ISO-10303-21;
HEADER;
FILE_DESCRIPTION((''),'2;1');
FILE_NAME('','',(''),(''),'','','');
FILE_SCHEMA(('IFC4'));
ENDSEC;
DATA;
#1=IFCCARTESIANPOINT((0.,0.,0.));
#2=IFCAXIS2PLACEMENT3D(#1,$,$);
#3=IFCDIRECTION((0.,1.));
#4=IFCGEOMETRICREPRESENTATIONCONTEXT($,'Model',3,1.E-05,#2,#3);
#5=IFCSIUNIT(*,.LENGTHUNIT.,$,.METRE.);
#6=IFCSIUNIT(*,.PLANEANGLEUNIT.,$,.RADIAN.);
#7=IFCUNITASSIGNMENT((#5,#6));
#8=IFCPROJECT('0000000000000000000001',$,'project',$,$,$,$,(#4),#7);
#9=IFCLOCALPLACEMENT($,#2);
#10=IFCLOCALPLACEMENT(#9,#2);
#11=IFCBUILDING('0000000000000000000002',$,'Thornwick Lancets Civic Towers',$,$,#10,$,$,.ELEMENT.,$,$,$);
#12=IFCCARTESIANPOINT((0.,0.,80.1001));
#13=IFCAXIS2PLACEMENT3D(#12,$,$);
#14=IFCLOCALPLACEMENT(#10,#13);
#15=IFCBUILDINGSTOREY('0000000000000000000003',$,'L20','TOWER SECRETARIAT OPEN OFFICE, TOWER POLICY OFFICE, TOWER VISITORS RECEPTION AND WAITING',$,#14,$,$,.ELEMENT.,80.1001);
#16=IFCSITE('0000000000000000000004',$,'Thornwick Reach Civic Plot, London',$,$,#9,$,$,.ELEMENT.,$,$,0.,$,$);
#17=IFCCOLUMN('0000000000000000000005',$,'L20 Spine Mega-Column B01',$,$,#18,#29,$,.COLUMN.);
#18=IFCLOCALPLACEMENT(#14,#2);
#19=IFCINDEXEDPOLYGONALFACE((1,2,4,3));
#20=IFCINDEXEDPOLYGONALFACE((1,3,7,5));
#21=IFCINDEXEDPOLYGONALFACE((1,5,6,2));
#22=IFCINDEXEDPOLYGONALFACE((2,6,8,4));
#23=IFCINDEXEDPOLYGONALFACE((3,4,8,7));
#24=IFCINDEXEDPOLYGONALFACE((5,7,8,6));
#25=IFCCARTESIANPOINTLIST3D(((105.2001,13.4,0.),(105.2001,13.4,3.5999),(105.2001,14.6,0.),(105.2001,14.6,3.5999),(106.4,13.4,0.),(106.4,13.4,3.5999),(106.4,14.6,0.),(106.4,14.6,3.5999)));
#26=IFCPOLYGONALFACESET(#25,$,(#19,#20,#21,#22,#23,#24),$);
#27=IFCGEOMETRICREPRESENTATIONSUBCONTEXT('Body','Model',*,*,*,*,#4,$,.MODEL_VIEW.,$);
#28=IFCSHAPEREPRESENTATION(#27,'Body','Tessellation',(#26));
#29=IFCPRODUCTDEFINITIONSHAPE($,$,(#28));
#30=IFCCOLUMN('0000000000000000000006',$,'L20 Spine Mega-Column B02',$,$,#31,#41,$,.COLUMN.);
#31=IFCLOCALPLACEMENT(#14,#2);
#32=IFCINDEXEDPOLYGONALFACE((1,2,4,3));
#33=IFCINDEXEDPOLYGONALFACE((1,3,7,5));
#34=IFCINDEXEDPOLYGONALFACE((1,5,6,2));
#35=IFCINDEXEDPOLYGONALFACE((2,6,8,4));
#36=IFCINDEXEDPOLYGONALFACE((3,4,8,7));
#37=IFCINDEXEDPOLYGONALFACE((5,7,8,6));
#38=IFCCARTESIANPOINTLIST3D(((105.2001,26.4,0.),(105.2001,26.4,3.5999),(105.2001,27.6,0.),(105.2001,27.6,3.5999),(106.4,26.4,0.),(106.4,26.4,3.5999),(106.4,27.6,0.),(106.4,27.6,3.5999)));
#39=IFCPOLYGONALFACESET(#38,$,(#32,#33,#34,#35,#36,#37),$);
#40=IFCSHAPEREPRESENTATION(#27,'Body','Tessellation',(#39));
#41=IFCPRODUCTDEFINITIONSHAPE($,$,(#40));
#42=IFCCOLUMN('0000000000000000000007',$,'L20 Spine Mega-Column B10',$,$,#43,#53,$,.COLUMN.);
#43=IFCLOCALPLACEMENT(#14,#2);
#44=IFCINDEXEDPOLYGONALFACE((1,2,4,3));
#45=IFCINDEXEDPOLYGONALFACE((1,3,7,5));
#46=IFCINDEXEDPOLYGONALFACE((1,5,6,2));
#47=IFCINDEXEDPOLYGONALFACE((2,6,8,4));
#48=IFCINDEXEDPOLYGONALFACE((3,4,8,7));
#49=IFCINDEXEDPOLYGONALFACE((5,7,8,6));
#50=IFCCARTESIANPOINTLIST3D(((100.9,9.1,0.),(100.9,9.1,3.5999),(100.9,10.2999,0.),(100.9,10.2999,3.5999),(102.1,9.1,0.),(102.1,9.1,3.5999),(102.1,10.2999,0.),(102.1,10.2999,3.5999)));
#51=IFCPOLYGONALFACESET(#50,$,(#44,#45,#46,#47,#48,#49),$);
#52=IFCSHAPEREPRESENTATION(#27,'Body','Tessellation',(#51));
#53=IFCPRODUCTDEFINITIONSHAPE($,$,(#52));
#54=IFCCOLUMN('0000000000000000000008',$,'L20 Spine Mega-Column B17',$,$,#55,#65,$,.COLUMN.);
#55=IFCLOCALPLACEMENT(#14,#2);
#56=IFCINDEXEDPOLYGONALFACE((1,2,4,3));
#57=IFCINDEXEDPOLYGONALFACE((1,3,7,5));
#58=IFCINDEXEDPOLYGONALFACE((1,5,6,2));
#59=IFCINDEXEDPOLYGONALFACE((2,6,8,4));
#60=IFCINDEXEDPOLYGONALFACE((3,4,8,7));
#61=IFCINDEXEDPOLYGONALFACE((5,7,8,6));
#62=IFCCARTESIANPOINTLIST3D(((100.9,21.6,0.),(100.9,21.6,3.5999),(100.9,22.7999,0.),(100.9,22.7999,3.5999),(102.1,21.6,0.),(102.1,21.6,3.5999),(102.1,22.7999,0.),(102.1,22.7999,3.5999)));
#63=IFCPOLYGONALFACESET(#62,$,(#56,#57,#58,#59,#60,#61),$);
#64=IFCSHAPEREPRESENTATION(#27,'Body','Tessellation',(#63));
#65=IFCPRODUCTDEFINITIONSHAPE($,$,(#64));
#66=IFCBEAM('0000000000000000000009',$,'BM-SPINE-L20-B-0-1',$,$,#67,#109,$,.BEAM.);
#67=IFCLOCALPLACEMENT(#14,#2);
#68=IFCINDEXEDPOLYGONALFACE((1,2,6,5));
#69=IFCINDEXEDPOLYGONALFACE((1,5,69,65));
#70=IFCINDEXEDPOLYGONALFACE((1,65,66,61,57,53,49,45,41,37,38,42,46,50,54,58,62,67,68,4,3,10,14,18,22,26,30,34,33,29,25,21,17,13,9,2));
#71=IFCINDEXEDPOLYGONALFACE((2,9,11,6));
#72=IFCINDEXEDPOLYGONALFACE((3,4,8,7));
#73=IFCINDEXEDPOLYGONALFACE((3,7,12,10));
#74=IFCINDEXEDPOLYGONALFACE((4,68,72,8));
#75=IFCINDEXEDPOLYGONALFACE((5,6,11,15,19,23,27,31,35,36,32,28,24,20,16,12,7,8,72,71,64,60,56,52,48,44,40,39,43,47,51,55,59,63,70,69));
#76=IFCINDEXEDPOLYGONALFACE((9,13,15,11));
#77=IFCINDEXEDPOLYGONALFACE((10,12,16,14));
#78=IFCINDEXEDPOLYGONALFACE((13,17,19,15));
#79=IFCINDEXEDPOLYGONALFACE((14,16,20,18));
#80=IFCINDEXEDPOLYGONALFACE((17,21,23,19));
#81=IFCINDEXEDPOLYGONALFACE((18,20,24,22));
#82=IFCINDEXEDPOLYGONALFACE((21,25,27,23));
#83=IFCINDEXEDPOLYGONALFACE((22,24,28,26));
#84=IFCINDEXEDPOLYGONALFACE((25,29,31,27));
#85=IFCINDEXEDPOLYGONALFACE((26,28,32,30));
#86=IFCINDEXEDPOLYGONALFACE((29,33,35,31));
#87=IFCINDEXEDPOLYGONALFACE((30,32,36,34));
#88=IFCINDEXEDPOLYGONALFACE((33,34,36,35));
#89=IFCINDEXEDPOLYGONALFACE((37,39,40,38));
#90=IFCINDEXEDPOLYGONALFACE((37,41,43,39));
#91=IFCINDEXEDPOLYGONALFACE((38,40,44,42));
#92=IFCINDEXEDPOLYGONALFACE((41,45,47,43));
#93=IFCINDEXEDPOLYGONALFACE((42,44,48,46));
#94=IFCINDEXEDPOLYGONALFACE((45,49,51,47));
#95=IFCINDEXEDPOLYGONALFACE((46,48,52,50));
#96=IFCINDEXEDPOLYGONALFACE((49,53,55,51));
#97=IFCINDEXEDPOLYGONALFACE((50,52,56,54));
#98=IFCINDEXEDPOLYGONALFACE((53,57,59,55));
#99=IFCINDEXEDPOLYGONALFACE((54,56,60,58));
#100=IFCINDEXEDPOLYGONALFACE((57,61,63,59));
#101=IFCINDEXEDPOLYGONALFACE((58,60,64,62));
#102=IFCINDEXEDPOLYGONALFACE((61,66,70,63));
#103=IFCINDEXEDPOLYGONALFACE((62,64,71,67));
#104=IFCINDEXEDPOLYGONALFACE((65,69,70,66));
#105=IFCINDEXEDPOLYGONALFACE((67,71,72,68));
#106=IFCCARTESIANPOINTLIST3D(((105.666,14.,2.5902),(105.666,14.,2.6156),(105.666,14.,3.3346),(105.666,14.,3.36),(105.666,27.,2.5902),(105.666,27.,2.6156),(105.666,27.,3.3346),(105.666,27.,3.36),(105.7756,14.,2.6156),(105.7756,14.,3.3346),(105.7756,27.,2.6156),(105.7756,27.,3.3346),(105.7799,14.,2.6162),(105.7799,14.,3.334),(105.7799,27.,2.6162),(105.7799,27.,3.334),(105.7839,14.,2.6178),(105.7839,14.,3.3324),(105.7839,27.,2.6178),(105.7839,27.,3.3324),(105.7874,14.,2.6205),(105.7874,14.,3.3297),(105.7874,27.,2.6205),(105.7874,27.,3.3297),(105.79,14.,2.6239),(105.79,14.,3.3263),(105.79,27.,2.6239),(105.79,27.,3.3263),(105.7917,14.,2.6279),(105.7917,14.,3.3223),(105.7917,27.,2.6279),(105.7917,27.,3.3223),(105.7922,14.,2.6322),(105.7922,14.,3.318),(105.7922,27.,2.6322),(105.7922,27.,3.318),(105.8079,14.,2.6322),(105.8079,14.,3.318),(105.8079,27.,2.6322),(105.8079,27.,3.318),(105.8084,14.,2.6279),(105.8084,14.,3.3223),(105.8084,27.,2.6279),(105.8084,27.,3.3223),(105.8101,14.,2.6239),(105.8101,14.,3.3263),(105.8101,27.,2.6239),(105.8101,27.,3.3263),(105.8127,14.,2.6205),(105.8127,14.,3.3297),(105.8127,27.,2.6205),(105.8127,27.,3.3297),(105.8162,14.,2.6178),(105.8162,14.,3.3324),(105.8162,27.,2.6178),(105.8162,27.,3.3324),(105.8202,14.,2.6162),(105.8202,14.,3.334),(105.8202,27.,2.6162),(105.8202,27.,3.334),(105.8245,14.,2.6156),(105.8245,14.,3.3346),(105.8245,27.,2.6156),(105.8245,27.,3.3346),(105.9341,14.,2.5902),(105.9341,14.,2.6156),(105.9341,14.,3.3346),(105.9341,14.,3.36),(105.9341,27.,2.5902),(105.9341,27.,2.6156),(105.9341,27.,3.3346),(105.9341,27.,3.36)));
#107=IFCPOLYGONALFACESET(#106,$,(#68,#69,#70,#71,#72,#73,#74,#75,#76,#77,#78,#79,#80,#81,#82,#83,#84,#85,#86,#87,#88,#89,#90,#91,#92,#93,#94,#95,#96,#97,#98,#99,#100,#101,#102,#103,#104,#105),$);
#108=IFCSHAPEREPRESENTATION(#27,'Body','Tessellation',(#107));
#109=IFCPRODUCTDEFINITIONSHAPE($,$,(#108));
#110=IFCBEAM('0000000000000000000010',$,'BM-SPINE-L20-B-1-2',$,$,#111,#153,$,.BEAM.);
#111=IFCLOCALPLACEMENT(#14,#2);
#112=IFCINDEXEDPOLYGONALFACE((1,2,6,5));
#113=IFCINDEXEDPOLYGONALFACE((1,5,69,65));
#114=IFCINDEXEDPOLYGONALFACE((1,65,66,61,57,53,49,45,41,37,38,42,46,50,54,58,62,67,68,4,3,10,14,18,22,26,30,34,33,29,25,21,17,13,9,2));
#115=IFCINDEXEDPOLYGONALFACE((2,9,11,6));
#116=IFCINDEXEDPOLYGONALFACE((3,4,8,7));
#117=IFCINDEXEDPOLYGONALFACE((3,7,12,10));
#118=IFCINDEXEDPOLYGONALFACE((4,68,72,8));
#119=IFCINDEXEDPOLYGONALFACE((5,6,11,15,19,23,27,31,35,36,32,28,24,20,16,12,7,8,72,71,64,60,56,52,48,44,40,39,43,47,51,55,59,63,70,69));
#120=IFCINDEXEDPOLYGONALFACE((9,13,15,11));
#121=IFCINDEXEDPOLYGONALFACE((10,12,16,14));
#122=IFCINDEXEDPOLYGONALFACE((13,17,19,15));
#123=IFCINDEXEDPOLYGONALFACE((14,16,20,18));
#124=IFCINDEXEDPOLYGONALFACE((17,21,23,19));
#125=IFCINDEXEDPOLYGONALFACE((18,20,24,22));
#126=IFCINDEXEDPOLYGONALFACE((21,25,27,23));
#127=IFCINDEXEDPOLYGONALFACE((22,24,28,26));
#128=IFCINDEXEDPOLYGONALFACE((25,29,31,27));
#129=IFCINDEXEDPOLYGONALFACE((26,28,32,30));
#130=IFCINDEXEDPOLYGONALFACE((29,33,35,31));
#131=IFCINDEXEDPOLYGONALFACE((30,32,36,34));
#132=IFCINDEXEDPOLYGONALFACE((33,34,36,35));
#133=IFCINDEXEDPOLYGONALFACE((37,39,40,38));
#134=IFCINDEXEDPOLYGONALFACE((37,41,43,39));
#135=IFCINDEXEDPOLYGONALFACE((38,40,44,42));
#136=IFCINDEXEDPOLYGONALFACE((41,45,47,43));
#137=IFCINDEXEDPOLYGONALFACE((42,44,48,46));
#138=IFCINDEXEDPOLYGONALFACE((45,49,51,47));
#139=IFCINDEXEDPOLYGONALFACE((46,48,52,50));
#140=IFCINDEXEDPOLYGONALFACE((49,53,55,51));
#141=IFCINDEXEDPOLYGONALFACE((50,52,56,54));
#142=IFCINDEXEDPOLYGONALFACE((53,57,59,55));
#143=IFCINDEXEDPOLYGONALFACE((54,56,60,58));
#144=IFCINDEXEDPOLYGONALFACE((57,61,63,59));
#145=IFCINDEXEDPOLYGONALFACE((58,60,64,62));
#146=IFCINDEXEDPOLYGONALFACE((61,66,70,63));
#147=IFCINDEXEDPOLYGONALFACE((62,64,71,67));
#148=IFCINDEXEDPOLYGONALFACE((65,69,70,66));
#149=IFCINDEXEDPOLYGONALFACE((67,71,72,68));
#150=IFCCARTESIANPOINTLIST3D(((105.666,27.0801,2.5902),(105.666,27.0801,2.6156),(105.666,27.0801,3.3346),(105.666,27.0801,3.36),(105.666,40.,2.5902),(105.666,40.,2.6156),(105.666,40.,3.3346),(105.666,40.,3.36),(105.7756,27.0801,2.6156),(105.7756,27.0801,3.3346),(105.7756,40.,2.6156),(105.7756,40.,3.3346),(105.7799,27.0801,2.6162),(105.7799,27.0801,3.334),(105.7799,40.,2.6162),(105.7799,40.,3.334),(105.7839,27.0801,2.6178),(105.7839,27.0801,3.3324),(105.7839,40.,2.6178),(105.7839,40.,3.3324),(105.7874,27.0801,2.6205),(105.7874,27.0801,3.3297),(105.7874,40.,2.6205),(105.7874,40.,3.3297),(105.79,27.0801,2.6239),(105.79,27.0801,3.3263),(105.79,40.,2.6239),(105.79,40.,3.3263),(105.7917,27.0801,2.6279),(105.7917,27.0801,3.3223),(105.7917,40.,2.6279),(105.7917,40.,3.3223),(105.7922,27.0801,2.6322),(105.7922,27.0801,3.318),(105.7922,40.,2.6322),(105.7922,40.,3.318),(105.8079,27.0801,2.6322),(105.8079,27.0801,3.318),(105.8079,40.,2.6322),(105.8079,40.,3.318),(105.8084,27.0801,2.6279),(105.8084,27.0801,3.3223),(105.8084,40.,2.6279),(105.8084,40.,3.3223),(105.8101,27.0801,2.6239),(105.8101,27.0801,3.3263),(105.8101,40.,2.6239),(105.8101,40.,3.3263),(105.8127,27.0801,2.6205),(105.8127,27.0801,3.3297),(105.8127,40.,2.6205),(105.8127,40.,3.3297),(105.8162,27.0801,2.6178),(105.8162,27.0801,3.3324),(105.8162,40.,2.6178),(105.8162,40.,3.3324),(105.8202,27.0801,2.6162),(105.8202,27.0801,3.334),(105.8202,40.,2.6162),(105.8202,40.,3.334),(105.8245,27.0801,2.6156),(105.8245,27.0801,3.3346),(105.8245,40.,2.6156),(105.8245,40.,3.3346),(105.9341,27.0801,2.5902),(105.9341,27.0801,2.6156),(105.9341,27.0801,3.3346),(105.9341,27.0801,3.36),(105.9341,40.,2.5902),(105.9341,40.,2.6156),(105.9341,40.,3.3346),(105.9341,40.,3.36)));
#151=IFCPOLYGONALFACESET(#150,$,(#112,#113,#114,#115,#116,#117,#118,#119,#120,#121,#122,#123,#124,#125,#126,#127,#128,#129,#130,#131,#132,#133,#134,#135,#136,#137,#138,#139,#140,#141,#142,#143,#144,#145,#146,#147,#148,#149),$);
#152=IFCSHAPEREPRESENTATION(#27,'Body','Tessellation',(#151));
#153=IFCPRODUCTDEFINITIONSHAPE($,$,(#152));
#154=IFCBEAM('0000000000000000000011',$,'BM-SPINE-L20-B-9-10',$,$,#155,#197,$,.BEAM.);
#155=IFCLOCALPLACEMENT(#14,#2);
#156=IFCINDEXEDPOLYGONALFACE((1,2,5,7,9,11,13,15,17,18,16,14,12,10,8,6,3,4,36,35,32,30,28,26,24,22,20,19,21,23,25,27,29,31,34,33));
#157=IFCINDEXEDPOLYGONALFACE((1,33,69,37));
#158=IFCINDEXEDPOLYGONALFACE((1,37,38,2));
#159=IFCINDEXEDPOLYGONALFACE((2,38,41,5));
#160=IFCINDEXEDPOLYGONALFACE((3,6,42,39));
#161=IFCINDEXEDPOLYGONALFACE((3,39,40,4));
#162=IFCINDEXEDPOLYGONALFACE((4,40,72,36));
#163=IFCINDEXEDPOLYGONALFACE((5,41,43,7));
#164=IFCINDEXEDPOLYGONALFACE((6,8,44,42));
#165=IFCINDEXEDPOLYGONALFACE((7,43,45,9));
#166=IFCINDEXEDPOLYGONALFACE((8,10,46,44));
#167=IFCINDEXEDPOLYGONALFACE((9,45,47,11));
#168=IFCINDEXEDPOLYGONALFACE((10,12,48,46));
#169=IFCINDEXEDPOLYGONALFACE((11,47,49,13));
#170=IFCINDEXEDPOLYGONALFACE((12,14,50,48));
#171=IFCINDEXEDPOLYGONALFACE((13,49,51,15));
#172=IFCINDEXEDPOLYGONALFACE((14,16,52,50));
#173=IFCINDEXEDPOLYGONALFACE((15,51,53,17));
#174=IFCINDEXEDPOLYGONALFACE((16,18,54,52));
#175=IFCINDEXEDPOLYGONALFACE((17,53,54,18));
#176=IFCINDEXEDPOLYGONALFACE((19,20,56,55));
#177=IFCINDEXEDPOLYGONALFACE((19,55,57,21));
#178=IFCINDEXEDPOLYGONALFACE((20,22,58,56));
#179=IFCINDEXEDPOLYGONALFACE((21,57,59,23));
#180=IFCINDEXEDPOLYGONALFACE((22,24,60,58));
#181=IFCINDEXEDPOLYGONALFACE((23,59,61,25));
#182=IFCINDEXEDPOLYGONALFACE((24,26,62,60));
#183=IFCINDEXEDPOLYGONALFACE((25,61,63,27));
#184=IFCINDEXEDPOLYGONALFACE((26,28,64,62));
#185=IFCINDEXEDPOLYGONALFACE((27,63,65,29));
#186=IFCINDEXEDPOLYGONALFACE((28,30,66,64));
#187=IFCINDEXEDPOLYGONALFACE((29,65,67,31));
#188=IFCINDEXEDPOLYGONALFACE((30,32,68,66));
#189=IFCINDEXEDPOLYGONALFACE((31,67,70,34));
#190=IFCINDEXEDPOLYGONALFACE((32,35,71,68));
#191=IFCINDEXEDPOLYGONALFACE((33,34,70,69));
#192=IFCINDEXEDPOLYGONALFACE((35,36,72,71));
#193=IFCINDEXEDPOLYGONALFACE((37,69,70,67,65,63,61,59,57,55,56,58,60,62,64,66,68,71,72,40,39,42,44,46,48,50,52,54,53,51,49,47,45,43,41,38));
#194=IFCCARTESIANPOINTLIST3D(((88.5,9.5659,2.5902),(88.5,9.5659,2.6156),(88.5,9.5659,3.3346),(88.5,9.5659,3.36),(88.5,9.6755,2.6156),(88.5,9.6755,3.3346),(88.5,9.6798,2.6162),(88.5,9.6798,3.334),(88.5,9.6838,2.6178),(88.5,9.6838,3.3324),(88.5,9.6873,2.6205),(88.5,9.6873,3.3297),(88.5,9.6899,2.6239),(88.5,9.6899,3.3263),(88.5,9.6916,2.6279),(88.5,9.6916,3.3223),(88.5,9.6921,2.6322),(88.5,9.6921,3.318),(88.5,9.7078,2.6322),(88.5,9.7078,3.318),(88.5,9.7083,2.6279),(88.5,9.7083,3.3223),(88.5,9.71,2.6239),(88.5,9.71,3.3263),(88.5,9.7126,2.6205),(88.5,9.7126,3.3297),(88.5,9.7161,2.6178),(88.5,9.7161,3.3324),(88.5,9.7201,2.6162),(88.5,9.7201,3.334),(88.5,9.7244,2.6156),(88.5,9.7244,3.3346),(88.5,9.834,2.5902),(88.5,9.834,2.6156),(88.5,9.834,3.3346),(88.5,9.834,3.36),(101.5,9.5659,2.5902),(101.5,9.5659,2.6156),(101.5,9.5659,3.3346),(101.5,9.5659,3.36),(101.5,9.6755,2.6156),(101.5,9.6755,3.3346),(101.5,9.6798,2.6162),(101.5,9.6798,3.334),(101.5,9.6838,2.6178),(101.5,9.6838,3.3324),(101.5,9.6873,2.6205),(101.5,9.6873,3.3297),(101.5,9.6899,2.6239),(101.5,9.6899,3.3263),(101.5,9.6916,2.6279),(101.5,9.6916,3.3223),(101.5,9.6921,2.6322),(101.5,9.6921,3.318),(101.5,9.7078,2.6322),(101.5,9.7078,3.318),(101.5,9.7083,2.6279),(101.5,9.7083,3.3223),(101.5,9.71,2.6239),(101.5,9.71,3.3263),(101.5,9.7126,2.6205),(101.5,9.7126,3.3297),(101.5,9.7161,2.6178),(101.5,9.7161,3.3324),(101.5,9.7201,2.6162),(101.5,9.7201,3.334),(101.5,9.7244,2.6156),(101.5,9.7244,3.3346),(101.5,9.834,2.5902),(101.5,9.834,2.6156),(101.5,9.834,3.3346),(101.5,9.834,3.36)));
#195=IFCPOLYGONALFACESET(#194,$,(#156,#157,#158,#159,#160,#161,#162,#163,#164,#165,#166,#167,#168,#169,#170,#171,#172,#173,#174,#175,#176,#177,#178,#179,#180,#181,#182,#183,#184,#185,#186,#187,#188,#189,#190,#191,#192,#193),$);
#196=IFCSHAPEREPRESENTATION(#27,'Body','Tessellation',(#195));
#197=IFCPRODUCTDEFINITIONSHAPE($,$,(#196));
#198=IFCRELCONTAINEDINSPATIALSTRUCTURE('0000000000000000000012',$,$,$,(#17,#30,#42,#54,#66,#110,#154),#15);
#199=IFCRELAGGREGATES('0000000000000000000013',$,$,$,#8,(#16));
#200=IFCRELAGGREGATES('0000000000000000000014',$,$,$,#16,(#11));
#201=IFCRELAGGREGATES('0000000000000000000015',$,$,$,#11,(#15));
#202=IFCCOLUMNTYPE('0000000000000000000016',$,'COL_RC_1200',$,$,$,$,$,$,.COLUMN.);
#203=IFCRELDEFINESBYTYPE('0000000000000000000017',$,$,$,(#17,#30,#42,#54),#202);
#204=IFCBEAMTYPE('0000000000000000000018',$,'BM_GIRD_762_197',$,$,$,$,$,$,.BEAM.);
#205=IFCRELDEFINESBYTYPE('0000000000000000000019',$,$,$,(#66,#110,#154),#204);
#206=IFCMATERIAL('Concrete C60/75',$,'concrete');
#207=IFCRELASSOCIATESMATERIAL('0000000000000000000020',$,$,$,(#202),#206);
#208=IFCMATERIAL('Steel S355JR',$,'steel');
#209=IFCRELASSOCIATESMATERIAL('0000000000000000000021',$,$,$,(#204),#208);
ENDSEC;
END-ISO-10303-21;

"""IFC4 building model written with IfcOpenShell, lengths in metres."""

from ifc_helpers import new_model, si_unit, direction, frame, origin, origin_2d, place, context, subcontext, project, spatial, rectangle, i_section, extrude, material, material_profile, profile_set, type_object, element, save


model = new_model("IFC4")

# Units and contexts
model_context = context("Model", 3, precision=1e-05, world=origin(), true_north=direction((0.0, 1.0)))
body_context = subcontext(model_context, "Body", "Model", "MODEL_VIEW")
ifc_project = project(units=[si_unit("LENGTHUNIT", "METRE"), si_unit("PLANEANGLEUNIT", "RADIAN")], contexts=[model_context])

# Site, building, storey
site_placement = place(None, origin())
site = spatial("IfcSite", under=ifc_project, at=site_placement, Name="Thornwick Reach Civic Plot, London", CompositionType="ELEMENT", RefElevation=0.0)
building_placement = place(site_placement, origin())
building = spatial("IfcBuilding", under=site, at=building_placement, Name="Thornwick Lancets Civic Towers", CompositionType="ELEMENT")
storey_placement = place(building_placement, frame((0.0, 0.0, 80.1001)))
storey = spatial("IfcBuildingStorey", under=building, at=storey_placement, Name="L20", Description="TOWER SECRETARIAT OPEN OFFICE, TOWER POLICY OFFICE, TOWER VISITORS RECEPTION AND WAITING", CompositionType="ELEMENT", Elevation=80.1001)

# Columns
ifc_material_1 = material(Name="Concrete C60/75", Category="concrete")
ifc_material_profile_1 = material_profile(ifc_material_1, rectangle(XDim=1.2, YDim=1.2, at=origin_2d()), Name="RC 1200x1200")
ifc_profile_set_1 = profile_set([ifc_material_profile_1], Name="Concrete C60/75")
column_type = type_object("IfcColumnType", Name="COL_RC_1200", PredefinedType="COLUMN", material=ifc_profile_set_1)
for number, where, z_axis, x_axis, name in (
    (1, (105.8, 14.0, 0.0), (0.0, 0.0, 1.0), (1.0, 0.0, 0.0), "L20 Spine Mega-Column B01"),
    (2, (105.8, 27.0, 0.0), (0.0, 0.0, 1.0), (1.0, 0.0, 0.0), "L20 Spine Mega-Column B02"),
    (3, (101.5, 9.7, 0.0), (0.0, 0.0, 1.0), (1.0, 0.0, 0.0), "L20 Spine Mega-Column B10"),
    (4, (101.5, 22.2, 0.0), (0.0, 0.0, 1.0), (1.0, 0.0, 0.0), "L20 Spine Mega-Column B17"),
):
    element("IfcColumn", number, at=place(storey_placement, frame(where, z_axis=z_axis, x_axis=x_axis)), inside=storey, type_object=column_type, Name=name, PredefinedType="COLUMN", context=body_context, shape_type="SweptSolid", body=[
        extrude(rectangle(XDim=1.2, YDim=1.2, at=origin_2d()), origin(), (0.0, 0.0, 1.0), 3.5999),
    ])

# Beams
ifc_material_2 = material(Name="Steel S355JR", Category="steel")
ifc_material_profile_2 = material_profile(ifc_material_2, i_section(OverallWidth=0.2681, OverallDepth=0.7698, WebThickness=0.0156, FlangeThickness=0.0254, FilletRadius=0.0166, at=origin_2d()), Name="UKB 762x267x197")
ifc_profile_set_2 = profile_set([ifc_material_profile_2], Name="Steel S355JR")
beam_type_1 = type_object("IfcBeamType", Name="BM_GIRD_762_197", PredefinedType="BEAM", material=ifc_profile_set_2)
beam_1_placement = place(storey_placement, frame((105.8, 14.0, 2.9751), z_axis=(0.0, 1.0, 0.0), x_axis=(-1.0, 0.0, 0.0)))
element("IfcBeam", 5, at=beam_1_placement, inside=storey, type_object=beam_type_1, Name="BM-SPINE-L20-B-0-1", PredefinedType="BEAM", context=body_context, shape_type="SweptSolid", body=[
    extrude(i_section(OverallWidth=0.2681, OverallDepth=0.7698, WebThickness=0.0156, FlangeThickness=0.0254, FilletRadius=0.0166, at=origin_2d()), origin(), (0.0, 0.0, 1.0), 13.0),
])
beam_2_placement = place(storey_placement, frame((105.8, 27.0801, 2.9751), z_axis=(0.0, 1.0, 0.0), x_axis=(-1.0, 0.0, 0.0)))
element("IfcBeam", 6, at=beam_2_placement, inside=storey, type_object=beam_type_1, Name="BM-SPINE-L20-B-1-2", PredefinedType="BEAM", context=body_context, shape_type="SweptSolid", body=[
    extrude(i_section(OverallWidth=0.2681, OverallDepth=0.7698, WebThickness=0.0156, FlangeThickness=0.0254, FilletRadius=0.0166, at=origin_2d()), origin(), (0.0, 0.0, 1.0), 12.9199),
])
beam_3_placement = place(storey_placement, frame((101.5, 9.7, 2.9751), z_axis=(-1.0, 0.0, 0.0), x_axis=(0.0, -1.0, 0.0)))
element("IfcBeam", 7, at=beam_3_placement, inside=storey, type_object=beam_type_1, Name="BM-SPINE-L20-B-9-10", PredefinedType="BEAM", context=body_context, shape_type="SweptSolid", body=[
    extrude(i_section(OverallWidth=0.2681, OverallDepth=0.7698, WebThickness=0.0156, FlangeThickness=0.0254, FilletRadius=0.0166, at=origin_2d()), origin(), (0.0, 0.0, 1.0), 13.0),
])

save(model, "model.ifc")
